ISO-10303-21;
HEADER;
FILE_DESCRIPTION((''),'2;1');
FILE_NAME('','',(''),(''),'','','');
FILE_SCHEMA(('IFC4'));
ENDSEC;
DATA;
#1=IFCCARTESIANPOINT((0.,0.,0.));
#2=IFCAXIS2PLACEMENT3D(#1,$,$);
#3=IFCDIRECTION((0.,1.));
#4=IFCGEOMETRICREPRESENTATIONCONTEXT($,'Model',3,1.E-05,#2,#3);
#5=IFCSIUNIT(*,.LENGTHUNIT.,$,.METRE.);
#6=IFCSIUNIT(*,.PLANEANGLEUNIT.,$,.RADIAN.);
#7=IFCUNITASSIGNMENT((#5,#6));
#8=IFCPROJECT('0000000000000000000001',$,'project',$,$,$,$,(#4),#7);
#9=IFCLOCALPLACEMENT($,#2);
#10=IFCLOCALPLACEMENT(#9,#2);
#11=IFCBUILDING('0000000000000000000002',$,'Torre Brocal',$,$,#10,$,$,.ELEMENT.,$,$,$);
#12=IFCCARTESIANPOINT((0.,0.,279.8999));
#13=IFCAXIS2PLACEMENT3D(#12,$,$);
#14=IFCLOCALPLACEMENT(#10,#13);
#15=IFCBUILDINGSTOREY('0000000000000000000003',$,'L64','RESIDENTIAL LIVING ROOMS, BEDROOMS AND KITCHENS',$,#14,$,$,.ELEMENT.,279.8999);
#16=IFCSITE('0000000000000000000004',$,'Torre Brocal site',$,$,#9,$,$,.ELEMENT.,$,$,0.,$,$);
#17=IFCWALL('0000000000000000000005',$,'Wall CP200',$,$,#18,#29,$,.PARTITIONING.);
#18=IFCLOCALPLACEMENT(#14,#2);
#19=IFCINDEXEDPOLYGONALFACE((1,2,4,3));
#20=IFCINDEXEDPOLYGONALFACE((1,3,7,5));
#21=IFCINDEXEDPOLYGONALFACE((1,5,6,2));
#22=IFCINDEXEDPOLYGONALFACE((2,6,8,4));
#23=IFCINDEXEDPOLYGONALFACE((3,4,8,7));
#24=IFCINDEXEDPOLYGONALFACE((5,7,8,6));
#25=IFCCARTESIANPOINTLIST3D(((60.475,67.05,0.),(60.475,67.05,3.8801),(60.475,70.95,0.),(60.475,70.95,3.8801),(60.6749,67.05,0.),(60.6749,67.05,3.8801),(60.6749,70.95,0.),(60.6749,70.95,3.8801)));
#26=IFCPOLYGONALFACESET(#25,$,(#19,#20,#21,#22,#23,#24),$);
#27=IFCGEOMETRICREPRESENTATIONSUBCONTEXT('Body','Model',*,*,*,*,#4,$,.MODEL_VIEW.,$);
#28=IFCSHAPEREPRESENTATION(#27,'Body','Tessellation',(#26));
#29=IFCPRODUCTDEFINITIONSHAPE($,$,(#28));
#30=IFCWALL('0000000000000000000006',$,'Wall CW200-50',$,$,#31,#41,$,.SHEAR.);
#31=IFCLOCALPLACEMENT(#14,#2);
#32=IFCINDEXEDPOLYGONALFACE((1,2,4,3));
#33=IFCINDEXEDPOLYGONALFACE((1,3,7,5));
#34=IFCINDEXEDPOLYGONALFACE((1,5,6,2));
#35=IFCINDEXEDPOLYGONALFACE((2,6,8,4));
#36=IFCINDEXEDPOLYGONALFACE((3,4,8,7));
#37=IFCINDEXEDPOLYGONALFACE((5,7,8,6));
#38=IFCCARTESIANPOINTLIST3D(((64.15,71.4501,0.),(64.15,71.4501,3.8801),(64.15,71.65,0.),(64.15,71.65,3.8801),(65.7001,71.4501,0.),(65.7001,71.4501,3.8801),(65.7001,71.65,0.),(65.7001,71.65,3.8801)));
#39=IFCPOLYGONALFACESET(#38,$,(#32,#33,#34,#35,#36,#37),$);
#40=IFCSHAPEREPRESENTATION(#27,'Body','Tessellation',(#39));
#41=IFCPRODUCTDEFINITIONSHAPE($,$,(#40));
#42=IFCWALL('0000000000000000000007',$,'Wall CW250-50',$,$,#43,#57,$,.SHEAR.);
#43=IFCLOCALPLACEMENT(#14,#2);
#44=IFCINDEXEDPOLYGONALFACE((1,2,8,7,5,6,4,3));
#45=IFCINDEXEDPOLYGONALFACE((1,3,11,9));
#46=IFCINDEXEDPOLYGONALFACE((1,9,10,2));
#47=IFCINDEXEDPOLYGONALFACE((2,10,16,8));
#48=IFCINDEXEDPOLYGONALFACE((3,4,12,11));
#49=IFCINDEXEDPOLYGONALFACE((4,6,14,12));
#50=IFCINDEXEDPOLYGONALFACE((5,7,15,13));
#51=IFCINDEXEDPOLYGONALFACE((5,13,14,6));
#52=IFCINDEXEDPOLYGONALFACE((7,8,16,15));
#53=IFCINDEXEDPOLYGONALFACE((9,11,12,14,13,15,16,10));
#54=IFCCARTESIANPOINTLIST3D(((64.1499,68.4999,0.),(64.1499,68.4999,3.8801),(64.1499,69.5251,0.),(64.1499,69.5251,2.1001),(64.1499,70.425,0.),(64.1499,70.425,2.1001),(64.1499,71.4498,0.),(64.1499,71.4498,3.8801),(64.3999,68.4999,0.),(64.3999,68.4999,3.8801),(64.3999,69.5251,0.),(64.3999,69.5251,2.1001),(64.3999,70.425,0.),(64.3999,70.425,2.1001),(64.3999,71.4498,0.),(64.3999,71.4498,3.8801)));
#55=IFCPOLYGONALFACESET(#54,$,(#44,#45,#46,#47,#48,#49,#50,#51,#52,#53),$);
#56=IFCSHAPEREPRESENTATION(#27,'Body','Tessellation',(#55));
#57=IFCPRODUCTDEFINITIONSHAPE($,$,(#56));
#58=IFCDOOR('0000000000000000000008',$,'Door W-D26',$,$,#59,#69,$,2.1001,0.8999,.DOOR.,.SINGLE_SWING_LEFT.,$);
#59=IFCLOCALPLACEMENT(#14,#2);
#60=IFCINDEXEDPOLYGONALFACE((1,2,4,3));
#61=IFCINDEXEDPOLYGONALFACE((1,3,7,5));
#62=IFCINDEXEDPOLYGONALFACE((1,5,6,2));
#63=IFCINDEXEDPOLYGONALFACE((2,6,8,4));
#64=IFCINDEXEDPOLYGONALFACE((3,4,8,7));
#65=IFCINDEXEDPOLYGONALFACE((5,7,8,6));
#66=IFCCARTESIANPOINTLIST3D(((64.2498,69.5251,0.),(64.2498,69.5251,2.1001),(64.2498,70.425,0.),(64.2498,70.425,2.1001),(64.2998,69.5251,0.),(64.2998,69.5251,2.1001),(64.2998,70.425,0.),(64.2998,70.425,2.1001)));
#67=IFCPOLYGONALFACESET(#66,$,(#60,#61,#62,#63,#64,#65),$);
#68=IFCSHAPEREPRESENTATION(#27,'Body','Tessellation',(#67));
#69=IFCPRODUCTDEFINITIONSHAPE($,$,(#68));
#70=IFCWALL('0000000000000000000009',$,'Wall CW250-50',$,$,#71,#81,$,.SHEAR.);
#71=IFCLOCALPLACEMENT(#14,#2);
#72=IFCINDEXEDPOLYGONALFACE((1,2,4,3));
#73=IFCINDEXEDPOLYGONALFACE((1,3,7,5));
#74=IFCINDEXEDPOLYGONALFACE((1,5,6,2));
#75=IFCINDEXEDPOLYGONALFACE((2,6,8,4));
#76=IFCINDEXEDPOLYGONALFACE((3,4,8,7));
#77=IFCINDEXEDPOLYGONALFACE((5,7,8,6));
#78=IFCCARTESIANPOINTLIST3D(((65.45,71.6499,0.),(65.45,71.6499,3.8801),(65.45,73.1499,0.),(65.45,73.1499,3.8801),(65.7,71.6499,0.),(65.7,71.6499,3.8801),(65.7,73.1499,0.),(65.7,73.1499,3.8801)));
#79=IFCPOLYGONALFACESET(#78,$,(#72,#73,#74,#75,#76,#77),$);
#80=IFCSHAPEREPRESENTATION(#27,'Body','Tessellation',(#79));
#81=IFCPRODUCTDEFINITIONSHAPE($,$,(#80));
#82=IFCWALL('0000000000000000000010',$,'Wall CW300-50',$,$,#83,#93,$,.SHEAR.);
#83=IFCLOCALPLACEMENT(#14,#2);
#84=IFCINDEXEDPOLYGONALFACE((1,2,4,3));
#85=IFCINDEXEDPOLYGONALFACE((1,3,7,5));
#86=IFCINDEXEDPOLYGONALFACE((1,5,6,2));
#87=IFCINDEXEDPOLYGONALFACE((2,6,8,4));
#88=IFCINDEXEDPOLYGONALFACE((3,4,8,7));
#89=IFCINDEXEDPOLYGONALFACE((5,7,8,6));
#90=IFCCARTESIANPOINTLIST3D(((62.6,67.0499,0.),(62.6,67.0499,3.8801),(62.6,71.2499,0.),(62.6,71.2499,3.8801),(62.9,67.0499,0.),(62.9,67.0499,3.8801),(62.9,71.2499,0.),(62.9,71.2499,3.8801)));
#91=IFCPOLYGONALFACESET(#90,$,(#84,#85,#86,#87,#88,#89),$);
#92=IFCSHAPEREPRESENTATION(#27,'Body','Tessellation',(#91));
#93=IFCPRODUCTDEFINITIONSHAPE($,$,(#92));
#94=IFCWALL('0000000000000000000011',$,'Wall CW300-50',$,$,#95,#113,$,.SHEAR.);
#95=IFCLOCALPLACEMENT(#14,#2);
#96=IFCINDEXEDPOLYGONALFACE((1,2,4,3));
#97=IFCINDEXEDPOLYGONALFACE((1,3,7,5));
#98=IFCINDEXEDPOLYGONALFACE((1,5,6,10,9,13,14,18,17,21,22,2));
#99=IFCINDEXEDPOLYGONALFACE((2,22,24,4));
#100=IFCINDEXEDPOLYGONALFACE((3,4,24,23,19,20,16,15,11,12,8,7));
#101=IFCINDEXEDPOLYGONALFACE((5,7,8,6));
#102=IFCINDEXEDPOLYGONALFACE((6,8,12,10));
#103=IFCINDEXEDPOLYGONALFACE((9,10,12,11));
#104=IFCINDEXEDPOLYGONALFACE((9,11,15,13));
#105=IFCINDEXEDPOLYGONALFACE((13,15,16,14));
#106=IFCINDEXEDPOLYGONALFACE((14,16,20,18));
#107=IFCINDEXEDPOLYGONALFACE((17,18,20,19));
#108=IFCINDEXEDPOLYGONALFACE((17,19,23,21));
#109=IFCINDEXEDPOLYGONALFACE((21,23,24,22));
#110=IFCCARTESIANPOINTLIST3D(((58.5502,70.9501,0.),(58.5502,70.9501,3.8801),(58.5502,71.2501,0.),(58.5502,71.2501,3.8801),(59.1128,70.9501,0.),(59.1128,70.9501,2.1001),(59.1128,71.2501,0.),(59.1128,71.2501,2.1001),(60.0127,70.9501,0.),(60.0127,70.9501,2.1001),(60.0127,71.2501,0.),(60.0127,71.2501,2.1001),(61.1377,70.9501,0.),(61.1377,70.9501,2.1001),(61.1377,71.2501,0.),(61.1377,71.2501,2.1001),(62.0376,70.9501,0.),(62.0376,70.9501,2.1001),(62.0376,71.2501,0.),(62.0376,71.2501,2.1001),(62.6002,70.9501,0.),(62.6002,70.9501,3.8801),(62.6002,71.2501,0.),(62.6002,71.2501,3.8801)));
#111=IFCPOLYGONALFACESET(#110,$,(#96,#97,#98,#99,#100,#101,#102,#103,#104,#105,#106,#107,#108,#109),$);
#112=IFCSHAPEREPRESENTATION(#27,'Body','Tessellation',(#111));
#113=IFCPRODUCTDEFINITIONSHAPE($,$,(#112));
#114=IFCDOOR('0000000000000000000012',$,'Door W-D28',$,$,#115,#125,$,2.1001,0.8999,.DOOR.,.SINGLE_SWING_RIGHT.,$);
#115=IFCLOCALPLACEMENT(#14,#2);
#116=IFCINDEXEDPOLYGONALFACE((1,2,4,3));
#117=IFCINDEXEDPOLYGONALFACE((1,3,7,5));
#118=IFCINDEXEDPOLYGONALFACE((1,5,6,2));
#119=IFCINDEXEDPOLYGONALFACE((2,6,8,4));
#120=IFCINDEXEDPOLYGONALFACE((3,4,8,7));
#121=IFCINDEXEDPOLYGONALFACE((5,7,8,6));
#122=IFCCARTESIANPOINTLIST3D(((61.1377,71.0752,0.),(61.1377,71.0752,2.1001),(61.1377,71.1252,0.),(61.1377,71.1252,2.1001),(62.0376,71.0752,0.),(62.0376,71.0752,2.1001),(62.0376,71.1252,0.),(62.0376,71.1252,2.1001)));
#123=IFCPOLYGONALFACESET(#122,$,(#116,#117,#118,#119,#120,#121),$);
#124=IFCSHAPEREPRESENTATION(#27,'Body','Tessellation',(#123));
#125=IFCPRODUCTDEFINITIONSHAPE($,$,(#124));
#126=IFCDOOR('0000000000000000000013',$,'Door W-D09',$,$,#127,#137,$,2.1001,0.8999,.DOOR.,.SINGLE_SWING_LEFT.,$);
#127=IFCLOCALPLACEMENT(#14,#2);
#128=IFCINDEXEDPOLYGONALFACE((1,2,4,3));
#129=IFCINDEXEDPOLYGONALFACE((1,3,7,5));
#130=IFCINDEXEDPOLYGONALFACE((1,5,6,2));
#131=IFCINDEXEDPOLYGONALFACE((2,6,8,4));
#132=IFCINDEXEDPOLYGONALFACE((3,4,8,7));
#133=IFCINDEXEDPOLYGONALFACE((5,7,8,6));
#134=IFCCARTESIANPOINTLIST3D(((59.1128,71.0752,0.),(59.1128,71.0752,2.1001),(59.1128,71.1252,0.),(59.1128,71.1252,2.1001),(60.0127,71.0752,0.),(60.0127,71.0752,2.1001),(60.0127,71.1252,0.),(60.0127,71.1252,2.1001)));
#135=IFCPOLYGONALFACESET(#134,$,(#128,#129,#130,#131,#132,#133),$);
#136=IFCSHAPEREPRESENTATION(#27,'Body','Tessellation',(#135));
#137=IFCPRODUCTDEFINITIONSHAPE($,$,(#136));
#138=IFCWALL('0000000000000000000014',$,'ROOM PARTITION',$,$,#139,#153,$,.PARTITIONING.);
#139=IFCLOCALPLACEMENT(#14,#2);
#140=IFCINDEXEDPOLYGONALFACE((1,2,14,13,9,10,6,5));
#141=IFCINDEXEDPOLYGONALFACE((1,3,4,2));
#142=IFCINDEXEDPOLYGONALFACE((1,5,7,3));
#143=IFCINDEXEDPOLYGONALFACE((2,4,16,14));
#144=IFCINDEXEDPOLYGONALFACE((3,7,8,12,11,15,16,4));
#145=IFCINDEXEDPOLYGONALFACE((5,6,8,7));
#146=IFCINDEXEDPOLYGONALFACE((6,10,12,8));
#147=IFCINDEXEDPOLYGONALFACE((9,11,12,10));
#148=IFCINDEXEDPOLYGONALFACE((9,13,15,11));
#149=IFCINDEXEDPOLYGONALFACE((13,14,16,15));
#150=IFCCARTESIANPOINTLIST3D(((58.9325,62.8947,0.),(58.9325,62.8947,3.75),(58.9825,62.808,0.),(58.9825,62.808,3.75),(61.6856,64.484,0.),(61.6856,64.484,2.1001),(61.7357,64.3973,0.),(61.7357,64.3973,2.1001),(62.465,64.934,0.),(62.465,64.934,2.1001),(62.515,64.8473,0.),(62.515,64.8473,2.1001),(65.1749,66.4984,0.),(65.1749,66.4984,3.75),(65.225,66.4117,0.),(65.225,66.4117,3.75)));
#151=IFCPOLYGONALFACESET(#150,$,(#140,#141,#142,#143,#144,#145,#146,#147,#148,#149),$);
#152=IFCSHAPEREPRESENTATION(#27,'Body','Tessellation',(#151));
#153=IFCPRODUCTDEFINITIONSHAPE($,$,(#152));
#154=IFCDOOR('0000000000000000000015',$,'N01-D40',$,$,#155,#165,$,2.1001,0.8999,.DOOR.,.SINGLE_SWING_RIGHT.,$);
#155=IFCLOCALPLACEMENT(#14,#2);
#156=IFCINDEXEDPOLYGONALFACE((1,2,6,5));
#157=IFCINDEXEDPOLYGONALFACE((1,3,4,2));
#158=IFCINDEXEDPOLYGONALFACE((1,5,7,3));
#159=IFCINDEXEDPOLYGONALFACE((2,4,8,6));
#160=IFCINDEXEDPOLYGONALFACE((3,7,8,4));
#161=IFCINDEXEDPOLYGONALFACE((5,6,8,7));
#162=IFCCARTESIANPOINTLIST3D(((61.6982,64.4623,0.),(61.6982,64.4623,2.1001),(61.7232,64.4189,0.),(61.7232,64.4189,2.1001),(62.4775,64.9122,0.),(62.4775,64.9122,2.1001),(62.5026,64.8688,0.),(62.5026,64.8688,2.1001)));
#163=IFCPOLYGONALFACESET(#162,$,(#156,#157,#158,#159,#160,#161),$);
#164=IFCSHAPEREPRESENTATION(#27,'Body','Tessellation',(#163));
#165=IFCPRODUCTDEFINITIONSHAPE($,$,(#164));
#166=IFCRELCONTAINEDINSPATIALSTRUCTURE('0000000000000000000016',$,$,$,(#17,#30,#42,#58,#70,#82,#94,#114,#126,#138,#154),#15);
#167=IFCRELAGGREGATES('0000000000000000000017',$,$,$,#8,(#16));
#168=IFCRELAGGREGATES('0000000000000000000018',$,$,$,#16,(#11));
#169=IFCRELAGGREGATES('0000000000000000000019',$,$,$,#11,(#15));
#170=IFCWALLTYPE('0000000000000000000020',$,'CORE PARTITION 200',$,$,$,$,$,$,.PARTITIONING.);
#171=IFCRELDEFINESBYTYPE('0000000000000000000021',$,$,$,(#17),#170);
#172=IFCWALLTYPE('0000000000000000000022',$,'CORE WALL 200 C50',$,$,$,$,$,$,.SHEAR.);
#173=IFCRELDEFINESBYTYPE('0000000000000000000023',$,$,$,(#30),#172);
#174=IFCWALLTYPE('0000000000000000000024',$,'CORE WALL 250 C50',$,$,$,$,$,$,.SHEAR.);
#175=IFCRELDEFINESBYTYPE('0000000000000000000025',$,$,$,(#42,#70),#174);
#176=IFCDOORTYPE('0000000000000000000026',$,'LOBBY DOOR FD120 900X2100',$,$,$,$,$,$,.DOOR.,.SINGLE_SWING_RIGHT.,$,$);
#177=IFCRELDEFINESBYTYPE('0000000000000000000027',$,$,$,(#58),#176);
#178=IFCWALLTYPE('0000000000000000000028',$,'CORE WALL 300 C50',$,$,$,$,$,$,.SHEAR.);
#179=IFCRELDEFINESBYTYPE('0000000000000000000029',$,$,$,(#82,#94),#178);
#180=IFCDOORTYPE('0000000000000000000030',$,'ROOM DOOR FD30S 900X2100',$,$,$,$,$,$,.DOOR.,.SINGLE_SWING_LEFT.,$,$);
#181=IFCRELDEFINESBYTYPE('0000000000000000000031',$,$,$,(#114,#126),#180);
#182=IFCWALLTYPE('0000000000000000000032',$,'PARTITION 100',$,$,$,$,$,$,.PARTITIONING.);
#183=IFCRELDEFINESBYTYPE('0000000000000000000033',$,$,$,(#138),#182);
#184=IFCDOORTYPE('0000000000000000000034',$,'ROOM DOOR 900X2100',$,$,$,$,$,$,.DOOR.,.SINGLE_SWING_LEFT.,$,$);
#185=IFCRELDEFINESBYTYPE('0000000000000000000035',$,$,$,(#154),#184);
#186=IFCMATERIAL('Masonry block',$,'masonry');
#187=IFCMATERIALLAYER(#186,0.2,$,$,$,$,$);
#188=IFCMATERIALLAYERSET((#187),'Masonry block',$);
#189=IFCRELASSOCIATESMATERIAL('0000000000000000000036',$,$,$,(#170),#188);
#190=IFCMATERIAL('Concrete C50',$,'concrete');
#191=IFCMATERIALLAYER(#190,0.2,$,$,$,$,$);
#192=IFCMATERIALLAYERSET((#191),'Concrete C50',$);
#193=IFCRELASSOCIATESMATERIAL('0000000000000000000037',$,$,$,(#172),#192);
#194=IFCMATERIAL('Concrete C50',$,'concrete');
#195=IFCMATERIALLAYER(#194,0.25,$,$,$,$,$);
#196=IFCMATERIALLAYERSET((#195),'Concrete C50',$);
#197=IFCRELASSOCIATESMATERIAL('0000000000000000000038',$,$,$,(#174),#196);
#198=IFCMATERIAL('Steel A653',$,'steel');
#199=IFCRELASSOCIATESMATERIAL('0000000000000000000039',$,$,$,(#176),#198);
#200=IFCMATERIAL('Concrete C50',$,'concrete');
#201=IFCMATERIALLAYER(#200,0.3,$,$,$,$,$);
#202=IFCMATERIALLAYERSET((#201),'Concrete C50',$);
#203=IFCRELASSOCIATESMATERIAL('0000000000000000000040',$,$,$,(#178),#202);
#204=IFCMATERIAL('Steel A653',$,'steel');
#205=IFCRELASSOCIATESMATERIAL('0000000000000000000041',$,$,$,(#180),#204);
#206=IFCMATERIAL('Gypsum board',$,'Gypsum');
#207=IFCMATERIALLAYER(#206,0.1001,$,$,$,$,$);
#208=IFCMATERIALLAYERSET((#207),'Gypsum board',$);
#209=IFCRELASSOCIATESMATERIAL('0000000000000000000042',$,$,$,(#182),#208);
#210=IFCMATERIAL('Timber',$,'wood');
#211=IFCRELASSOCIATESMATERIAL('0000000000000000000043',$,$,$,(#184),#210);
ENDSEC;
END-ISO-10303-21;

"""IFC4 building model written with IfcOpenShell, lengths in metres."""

from ifc_helpers import new_model, si_unit, direction, frame, frame_2d, origin, place, context, subcontext, project, spatial, rectangle, extrude, material, layer, layer_set, type_object, element, fill, save


model = new_model("IFC4")

# Units and contexts
model_context = context("Model", 3, precision=1e-05, world=origin(), true_north=direction((0.0, 1.0)))
body_context = subcontext(model_context, "Body", "Model", "MODEL_VIEW")
ifc_project = project(units=[si_unit("LENGTHUNIT", "METRE"), si_unit("PLANEANGLEUNIT", "RADIAN")], contexts=[model_context])

# Site, building, storey
site_placement = place(None, origin())
site = spatial("IfcSite", under=ifc_project, at=site_placement, Name="Torre Brocal site", CompositionType="ELEMENT", RefElevation=0.0)
building_placement = place(site_placement, origin())
building = spatial("IfcBuilding", under=site, at=building_placement, Name="Torre Brocal", CompositionType="ELEMENT")
storey_placement = place(building_placement, frame((0.0, 0.0, 279.8999)))
storey = spatial("IfcBuildingStorey", under=building, at=storey_placement, Name="L64", Description="RESIDENTIAL LIVING ROOMS, BEDROOMS AND KITCHENS", CompositionType="ELEMENT", Elevation=279.8999)

# Walls
ifc_material_1 = material(Name="Masonry block", Category="masonry")
ifc_layer_1 = layer(ifc_material_1, 0.2)
ifc_layer_set_1 = layer_set([ifc_layer_1], Name="Masonry block")
wall_type_1 = type_object("IfcWallType", Name="CORE PARTITION 200", PredefinedType="PARTITIONING", material=ifc_layer_set_1)
wall_1_placement = place(storey_placement, frame((60.575, 70.95, 0.0), z_axis=(0.0, 0.0, 1.0), x_axis=(0.0, -1.0, 0.0)))
element("IfcWall", 1, at=wall_1_placement, inside=storey, type_object=wall_type_1, Name="Wall CP200", PredefinedType="PARTITIONING", context=body_context, shape_type="SweptSolid", body=[
    extrude(rectangle(XDim=3.8999, YDim=0.2, at=frame_2d((1.95, 0.0))), origin(), (0.0, 0.0, 1.0), 3.8801),
])
ifc_material_2 = material(Name="Concrete C50", Category="concrete")
ifc_layer_2 = layer(ifc_material_2, 0.2)
ifc_layer_set_2 = layer_set([ifc_layer_2], Name="Concrete C50")
wall_type_2 = type_object("IfcWallType", Name="CORE WALL 200 C50", PredefinedType="SHEAR", material=ifc_layer_set_2)
wall_2_placement = place(storey_placement, frame((65.7, 71.55, 0.0), z_axis=(0.0, 0.0, 1.0), x_axis=(-1.0, 0.0, 0.0)))
element("IfcWall", 2, at=wall_2_placement, inside=storey, type_object=wall_type_2, Name="Wall CW200-50", PredefinedType="SHEAR", context=body_context, shape_type="SweptSolid", body=[
    extrude(rectangle(XDim=1.55, YDim=0.2, at=frame_2d((0.7749, 0.0))), origin(), (0.0, 0.0, 1.0), 3.8801),
])

# Wall, opening, door
ifc_material_3 = material(Name="Concrete C50", Category="concrete")
ifc_layer_3 = layer(ifc_material_3, 0.25)
ifc_layer_set_3 = layer_set([ifc_layer_3], Name="Concrete C50")
wall_type_3 = type_object("IfcWallType", Name="CORE WALL 250 C50", PredefinedType="SHEAR", material=ifc_layer_set_3)
wall_3_placement = place(storey_placement, frame((64.2749, 71.45, 0.0), z_axis=(0.0, 0.0, 1.0), x_axis=(0.0, -1.0, 0.0)))
wall_3 = element("IfcWall", 3, at=wall_3_placement, inside=storey, type_object=wall_type_3, Name="Wall CW250-50", PredefinedType="SHEAR", context=body_context, shape_type="SweptSolid", body=[
    extrude(rectangle(XDim=2.95, YDim=0.25, at=frame_2d((1.4751, 0.0))), origin(), (0.0, 0.0, 1.0), 3.8801),
])
opening_1_placement = place(wall_3_placement, frame((1.0249, 0.0, 0.0)))
opening_1 = element("IfcOpeningElement", 4, at=opening_1_placement, cuts=wall_3, PredefinedType="OPENING", context=body_context, shape_type="SweptSolid", body=[
    extrude(rectangle(XDim=0.8999, YDim=2.1001, at=frame_2d((0.45, 1.05))), frame((0.0, 0.135, 0.0), z_axis=(0.0, -1.0, 0.0), x_axis=(1.0, 0.0, 0.0)), (0.0, 0.0, 1.0), 0.27),
])
ifc_material_4 = material(Name="Steel A653", Category="steel")
door_type_1 = type_object("IfcDoorType", Name="LOBBY DOOR FD120 900X2100", OperationType="SINGLE_SWING_RIGHT", PredefinedType="DOOR", material=ifc_material_4)
door_1_placement = place(opening_1_placement, origin())
door_1 = element("IfcDoor", 5, at=door_1_placement, inside=storey, type_object=door_type_1, Name="Door W-D26", OperationType="SINGLE_SWING_LEFT", OverallHeight=2.1001, OverallWidth=0.8999, PredefinedType="DOOR", context=body_context, shape_type="SweptSolid", body=[
    extrude(rectangle(XDim=0.8999, YDim=2.1001, at=frame_2d((0.45, 1.05))), frame((0.0, 0.0249, 0.0), z_axis=(0.0, -1.0, 0.0), x_axis=(1.0, 0.0, 0.0)), (0.0, 0.0, 1.0), 0.05),
])
fill(opening_1, door_1)

# Walls
wall_4_placement = place(storey_placement, frame((65.575, 73.1499, 0.0), z_axis=(0.0, 0.0, 1.0), x_axis=(0.0, -1.0, 0.0)))
element("IfcWall", 6, at=wall_4_placement, inside=storey, type_object=wall_type_3, Name="Wall CW250-50", PredefinedType="SHEAR", context=body_context, shape_type="SweptSolid", body=[
    extrude(rectangle(XDim=1.5, YDim=0.25, at=frame_2d((0.75, 0.0))), origin(), (0.0, 0.0, 1.0), 3.8801),
])
ifc_material_5 = material(Name="Concrete C50", Category="concrete")
ifc_layer_4 = layer(ifc_material_5, 0.3)
ifc_layer_set_4 = layer_set([ifc_layer_4], Name="Concrete C50")
wall_type_4 = type_object("IfcWallType", Name="CORE WALL 300 C50", PredefinedType="SHEAR", material=ifc_layer_set_4)
wall_5_placement = place(storey_placement, frame((62.75, 71.25, 0.0), z_axis=(0.0, 0.0, 1.0), x_axis=(0.0, -1.0, 0.0)))
element("IfcWall", 7, at=wall_5_placement, inside=storey, type_object=wall_type_4, Name="Wall CW300-50", PredefinedType="SHEAR", context=body_context, shape_type="SweptSolid", body=[
    extrude(rectangle(XDim=4.2, YDim=0.3, at=frame_2d((2.1001, 0.0))), origin(), (0.0, 0.0, 1.0), 3.8801),
])

# Wall, openings, doors
wall_6_placement = place(storey_placement, frame((62.6001, 71.1001, 0.0), z_axis=(0.0, 0.0, 1.0), x_axis=(-1.0, 0.0, 0.0)))
wall_6 = element("IfcWall", 8, at=wall_6_placement, inside=storey, type_object=wall_type_4, Name="Wall CW300-50", PredefinedType="SHEAR", context=body_context, shape_type="SweptSolid", body=[
    extrude(rectangle(XDim=4.05, YDim=0.3, at=frame_2d((2.0249, 0.0))), origin(), (0.0, 0.0, 1.0), 3.8801),
])
opening_2_placement = place(wall_6_placement, frame((0.5625, 0.0, 0.0)))
opening_2 = element("IfcOpeningElement", 9, at=opening_2_placement, cuts=wall_6, PredefinedType="OPENING", context=body_context, shape_type="SweptSolid", body=[
    extrude(rectangle(XDim=0.8999, YDim=2.1001, at=frame_2d((0.45, 1.05))), frame((0.0, 0.1599, 0.0), z_axis=(0.0, -1.0, 0.0), x_axis=(1.0, 0.0, 0.0)), (0.0, 0.0, 1.0), 0.3201),
])
opening_3_placement = place(wall_6_placement, frame((2.5874, 0.0, 0.0)))
opening_3 = element("IfcOpeningElement", 10, at=opening_3_placement, cuts=wall_6, PredefinedType="OPENING", context=body_context, shape_type="SweptSolid", body=[
    extrude(rectangle(XDim=0.8999, YDim=2.1001, at=frame_2d((0.45, 1.05))), frame((0.0, 0.1599, 0.0), z_axis=(0.0, -1.0, 0.0), x_axis=(1.0, 0.0, 0.0)), (0.0, 0.0, 1.0), 0.3201),
])
ifc_material_6 = material(Name="Steel A653", Category="steel")
door_type_2 = type_object("IfcDoorType", Name="ROOM DOOR FD30S 900X2100", OperationType="SINGLE_SWING_LEFT", PredefinedType="DOOR", material=ifc_material_6)
door_2_placement = place(opening_2_placement, origin())
door_2 = element("IfcDoor", 11, at=door_2_placement, inside=storey, type_object=door_type_2, Name="Door W-D28", OperationType="SINGLE_SWING_RIGHT", OverallHeight=2.1001, OverallWidth=0.8999, PredefinedType="DOOR", context=body_context, shape_type="SweptSolid", body=[
    extrude(rectangle(XDim=0.8999, YDim=2.1001, at=frame_2d((0.45, 1.05))), frame((0.0, 0.0249, 0.0), z_axis=(0.0, -1.0, 0.0), x_axis=(1.0, 0.0, 0.0)), (0.0, 0.0, 1.0), 0.05),
])
fill(opening_2, door_2)
door_3_placement = place(opening_3_placement, origin())
door_3 = element("IfcDoor", 12, at=door_3_placement, inside=storey, type_object=door_type_2, Name="Door W-D09", OperationType="SINGLE_SWING_LEFT", OverallHeight=2.1001, OverallWidth=0.8999, PredefinedType="DOOR", context=body_context, shape_type="SweptSolid", body=[
    extrude(rectangle(XDim=0.8999, YDim=2.1001, at=frame_2d((0.45, 1.05))), frame((0.0, 0.0249, 0.0), z_axis=(0.0, -1.0, 0.0), x_axis=(1.0, 0.0, 0.0)), (0.0, 0.0, 1.0), 0.05),
])
fill(opening_3, door_3)

# Wall, opening, door
ifc_material_7 = material(Name="Gypsum board", Category="Gypsum")
ifc_layer_5 = layer(ifc_material_7, 0.1001)
ifc_layer_set_5 = layer_set([ifc_layer_5], Name="Gypsum board")
wall_type_5 = type_object("IfcWallType", Name="PARTITION 100", PredefinedType="PARTITIONING", material=ifc_layer_set_5)
wall_7_placement = place(storey_placement, frame((58.9575, 62.8513, 0.0), z_axis=(0.0, 0.0, 1.0), x_axis=(0.866044, 0.499968, 0.0)))
wall_7 = element("IfcWall", 13, at=wall_7_placement, inside=storey, type_object=wall_type_5, Name="ROOM PARTITION", PredefinedType="PARTITIONING", context=body_context, shape_type="SweptSolid", body=[
    extrude(rectangle(XDim=7.208, YDim=0.1001, at=frame_2d((3.604, 0.0))), origin(), (0.0, 0.0, 1.0), 3.75),
])
opening_4_placement = place(wall_7_placement, frame((3.179, 0.0, 0.0)))
opening_4 = element("IfcOpeningElement", 14, at=opening_4_placement, cuts=wall_7, PredefinedType="OPENING", context=body_context, shape_type="SweptSolid", body=[
    extrude(rectangle(XDim=0.8999, YDim=2.1001, at=frame_2d((0.45, 1.05))), frame((0.0, 0.0601, 0.0), z_axis=(0.0, -1.0, 0.0), x_axis=(1.0, 0.0, 0.0)), (0.0, 0.0, 1.0), 0.1201),
])
ifc_material_8 = material(Name="Timber", Category="wood")
door_type_3 = type_object("IfcDoorType", Name="ROOM DOOR 900X2100", OperationType="SINGLE_SWING_LEFT", PredefinedType="DOOR", material=ifc_material_8)
door_4_placement = place(opening_4_placement, origin())
door_4 = element("IfcDoor", 15, at=door_4_placement, inside=storey, type_object=door_type_3, Name="N01-D40", OperationType="SINGLE_SWING_RIGHT", OverallHeight=2.1001, OverallWidth=0.8999, PredefinedType="DOOR", context=body_context, shape_type="SweptSolid", body=[
    extrude(rectangle(XDim=0.8999, YDim=2.1001, at=frame_2d((0.45, 1.05))), frame((0.0, 0.0249, 0.0), z_axis=(0.0, -1.0, 0.0), x_axis=(1.0, 0.0, 0.0)), (0.0, 0.0, 1.0), 0.05),
])
fill(opening_4, door_4)

save(model, "model.ifc")
